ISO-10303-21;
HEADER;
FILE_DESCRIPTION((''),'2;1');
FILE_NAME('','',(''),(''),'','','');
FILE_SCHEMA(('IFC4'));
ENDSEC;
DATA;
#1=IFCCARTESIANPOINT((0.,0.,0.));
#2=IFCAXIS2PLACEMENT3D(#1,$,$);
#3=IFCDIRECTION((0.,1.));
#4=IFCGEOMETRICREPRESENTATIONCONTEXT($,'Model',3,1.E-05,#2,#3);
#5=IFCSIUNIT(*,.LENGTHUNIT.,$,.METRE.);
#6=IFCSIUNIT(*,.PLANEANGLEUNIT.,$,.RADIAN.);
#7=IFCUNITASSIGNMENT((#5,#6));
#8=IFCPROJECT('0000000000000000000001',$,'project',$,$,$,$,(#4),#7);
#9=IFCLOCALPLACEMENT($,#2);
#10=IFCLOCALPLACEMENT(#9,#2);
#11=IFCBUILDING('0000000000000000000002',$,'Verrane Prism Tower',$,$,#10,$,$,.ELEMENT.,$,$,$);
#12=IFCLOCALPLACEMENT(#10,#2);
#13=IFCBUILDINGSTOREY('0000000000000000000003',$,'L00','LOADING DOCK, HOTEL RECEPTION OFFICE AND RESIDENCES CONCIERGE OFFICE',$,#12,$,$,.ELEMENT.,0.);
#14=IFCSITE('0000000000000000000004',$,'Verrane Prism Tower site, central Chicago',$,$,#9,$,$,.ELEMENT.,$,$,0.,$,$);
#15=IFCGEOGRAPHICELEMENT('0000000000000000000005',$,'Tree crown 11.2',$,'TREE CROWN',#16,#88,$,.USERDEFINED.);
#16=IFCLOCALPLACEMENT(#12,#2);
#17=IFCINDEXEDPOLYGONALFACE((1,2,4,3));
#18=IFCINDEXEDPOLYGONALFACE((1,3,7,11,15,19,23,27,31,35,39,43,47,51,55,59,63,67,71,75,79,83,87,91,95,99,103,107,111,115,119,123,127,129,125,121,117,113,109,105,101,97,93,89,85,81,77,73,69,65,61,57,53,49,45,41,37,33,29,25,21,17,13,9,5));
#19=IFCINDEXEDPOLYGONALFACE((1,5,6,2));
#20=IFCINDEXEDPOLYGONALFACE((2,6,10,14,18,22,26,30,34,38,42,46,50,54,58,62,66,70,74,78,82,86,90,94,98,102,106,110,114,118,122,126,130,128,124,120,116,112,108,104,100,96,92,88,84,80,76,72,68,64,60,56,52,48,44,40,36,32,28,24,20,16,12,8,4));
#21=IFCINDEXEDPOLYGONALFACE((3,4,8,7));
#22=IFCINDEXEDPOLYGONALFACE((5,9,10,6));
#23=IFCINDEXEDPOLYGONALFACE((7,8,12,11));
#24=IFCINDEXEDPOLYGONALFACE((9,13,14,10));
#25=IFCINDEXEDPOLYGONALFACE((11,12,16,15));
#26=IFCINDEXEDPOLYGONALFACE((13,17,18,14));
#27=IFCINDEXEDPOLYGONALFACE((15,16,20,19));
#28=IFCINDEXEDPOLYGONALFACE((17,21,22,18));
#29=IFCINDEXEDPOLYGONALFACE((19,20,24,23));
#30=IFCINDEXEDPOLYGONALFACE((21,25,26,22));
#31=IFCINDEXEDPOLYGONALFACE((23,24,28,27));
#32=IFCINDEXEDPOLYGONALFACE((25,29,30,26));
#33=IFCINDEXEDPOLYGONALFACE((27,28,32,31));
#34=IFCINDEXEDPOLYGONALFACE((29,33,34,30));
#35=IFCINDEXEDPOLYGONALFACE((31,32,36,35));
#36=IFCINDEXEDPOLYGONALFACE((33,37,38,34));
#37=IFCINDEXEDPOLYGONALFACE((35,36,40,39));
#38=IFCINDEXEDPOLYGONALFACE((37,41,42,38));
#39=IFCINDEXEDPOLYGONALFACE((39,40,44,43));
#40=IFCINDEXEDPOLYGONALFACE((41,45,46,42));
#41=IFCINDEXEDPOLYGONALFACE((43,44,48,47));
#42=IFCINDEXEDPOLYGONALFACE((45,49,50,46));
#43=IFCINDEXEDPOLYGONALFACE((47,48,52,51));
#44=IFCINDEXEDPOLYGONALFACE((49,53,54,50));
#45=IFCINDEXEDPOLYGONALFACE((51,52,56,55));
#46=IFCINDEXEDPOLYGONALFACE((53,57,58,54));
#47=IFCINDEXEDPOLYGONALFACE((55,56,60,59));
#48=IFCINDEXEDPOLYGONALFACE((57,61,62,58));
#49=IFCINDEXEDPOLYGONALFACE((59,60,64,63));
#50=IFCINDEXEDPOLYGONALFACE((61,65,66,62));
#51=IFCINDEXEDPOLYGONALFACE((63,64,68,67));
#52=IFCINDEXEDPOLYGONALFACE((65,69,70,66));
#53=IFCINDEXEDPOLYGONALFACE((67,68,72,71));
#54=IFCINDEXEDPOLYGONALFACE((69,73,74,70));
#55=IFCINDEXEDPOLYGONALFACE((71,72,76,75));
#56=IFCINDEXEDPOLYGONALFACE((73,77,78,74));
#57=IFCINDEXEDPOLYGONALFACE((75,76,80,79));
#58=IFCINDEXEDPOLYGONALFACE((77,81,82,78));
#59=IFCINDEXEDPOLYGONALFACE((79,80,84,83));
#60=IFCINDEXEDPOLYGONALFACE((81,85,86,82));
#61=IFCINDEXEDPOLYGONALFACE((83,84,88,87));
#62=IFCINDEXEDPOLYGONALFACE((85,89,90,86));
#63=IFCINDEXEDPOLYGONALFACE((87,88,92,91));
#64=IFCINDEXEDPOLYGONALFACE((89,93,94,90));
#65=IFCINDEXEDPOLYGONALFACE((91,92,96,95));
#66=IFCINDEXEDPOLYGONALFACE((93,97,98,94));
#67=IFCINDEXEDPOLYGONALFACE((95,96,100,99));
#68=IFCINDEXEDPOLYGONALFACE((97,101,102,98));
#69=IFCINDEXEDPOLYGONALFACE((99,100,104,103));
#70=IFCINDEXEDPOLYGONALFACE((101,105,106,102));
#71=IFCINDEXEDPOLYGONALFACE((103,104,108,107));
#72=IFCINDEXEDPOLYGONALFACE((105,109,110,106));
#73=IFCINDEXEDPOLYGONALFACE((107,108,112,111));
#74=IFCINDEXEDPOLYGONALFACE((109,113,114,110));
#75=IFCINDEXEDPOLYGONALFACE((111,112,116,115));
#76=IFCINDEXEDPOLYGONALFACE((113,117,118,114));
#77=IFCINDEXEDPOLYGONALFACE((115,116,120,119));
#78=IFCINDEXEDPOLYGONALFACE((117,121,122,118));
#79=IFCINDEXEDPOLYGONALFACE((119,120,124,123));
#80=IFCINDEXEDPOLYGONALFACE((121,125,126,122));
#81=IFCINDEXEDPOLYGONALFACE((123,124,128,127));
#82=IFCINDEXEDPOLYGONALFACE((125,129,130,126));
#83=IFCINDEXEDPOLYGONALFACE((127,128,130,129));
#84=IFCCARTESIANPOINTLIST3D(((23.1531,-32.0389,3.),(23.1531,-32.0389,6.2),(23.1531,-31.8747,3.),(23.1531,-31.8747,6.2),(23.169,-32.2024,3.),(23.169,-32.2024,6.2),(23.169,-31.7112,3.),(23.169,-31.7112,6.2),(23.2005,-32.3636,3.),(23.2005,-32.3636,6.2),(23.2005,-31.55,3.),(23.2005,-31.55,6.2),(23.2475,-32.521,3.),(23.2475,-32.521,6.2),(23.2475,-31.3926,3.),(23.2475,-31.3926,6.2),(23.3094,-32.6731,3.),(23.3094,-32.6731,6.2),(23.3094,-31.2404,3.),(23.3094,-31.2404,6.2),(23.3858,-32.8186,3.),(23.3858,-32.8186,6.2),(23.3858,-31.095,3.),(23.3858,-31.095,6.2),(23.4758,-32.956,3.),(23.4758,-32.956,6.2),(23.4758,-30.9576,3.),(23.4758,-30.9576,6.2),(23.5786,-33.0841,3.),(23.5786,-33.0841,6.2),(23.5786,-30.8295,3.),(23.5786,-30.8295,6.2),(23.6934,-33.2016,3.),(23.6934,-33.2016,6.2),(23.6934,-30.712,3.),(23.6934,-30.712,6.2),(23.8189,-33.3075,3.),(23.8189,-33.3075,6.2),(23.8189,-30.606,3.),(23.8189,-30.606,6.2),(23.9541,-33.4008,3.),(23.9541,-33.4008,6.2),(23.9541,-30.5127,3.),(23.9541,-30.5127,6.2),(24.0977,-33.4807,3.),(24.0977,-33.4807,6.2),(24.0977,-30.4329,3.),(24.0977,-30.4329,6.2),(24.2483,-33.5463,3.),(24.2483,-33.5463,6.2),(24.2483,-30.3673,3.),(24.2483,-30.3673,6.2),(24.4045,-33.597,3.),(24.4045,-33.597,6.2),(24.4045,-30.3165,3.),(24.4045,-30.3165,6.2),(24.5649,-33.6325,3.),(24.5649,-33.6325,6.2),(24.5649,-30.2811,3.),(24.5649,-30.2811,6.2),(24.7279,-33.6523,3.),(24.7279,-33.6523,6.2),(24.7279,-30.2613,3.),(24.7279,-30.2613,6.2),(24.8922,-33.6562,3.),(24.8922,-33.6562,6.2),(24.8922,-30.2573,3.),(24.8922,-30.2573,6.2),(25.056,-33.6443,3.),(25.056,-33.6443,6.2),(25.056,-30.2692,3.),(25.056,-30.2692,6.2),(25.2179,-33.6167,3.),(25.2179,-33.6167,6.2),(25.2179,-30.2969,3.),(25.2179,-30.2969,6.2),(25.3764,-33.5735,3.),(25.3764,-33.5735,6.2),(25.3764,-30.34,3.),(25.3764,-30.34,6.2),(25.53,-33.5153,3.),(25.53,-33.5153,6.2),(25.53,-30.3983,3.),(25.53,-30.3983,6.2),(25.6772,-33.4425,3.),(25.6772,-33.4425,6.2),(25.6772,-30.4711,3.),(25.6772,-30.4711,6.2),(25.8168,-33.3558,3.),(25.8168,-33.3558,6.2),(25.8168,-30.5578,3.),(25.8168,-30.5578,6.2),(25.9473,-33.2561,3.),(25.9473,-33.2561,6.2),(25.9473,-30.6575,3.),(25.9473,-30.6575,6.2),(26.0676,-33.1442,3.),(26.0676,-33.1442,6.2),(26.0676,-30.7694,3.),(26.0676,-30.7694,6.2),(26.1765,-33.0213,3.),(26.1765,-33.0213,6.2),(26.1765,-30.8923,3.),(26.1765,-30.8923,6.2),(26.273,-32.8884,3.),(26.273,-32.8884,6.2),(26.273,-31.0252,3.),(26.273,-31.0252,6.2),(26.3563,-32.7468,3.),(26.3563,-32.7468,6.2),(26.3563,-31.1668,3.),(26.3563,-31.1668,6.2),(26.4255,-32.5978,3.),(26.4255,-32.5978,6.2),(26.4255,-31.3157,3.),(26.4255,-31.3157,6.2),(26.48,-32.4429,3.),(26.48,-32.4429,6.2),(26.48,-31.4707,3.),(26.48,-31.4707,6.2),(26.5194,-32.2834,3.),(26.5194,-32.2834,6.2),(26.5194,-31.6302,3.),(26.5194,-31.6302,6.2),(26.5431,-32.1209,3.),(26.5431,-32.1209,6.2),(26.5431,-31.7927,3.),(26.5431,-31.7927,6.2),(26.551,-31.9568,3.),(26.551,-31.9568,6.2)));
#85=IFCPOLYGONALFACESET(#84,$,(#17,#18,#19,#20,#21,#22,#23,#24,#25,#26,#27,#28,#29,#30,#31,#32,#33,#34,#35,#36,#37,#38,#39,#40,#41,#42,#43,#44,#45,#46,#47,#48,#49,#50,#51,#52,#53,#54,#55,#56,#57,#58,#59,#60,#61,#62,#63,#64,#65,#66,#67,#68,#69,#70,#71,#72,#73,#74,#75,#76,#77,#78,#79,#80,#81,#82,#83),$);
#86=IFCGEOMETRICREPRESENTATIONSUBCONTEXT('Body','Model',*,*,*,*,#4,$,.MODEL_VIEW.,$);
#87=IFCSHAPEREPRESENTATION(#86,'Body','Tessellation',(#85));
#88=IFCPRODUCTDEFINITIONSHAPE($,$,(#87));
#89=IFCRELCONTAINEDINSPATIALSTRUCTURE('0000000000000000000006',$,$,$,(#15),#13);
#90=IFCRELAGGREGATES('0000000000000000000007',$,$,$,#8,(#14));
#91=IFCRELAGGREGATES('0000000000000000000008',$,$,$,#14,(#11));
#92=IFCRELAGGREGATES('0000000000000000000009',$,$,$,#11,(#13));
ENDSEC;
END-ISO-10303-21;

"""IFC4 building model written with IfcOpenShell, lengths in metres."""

from ifc_helpers import new_model, si_unit, direction, frame, origin, origin_2d, place, context, subcontext, project, spatial, circle, extrude, element, save


model = new_model("IFC4")

# Units and contexts
model_context = context("Model", 3, precision=1e-05, world=origin(), true_north=direction((0.0, 1.0)))
body_context = subcontext(model_context, "Body", "Model", "MODEL_VIEW")
ifc_project = project(units=[si_unit("LENGTHUNIT", "METRE"), si_unit("PLANEANGLEUNIT", "RADIAN")], contexts=[model_context])

# Site, building, storey
site_placement = place(None, origin())
site = spatial("IfcSite", under=ifc_project, at=site_placement, Name="Verrane Prism Tower site, central Chicago", CompositionType="ELEMENT", RefElevation=0.0)
building_placement = place(site_placement, origin())
building = spatial("IfcBuilding", under=site, at=building_placement, Name="Verrane Prism Tower", CompositionType="ELEMENT")
storey_placement = place(building_placement, origin())
storey = spatial("IfcBuildingStorey", under=building, at=storey_placement, Name="L00", Description="LOADING DOCK, HOTEL RECEPTION OFFICE AND RESIDENCES CONCIERGE OFFICE", CompositionType="ELEMENT", Elevation=0.0)

# Geographic element
geographic_element_1_placement = place(storey_placement, frame((24.8511, -31.9568, 6.2), z_axis=(0.0, 0.0, -1.0), x_axis=(1.0, 0.0, 0.0)))
element("IfcGeographicElement", 1, at=geographic_element_1_placement, inside=storey, Name="Tree crown 11.2", ObjectType="TREE CROWN", PredefinedType="USERDEFINED", context=body_context, shape_type="SweptSolid", body=[
    extrude(circle(Radius=1.7, at=origin_2d()), origin(), (0.0, 0.0, 1.0), 3.2),
])

save(model, "model.ifc")
